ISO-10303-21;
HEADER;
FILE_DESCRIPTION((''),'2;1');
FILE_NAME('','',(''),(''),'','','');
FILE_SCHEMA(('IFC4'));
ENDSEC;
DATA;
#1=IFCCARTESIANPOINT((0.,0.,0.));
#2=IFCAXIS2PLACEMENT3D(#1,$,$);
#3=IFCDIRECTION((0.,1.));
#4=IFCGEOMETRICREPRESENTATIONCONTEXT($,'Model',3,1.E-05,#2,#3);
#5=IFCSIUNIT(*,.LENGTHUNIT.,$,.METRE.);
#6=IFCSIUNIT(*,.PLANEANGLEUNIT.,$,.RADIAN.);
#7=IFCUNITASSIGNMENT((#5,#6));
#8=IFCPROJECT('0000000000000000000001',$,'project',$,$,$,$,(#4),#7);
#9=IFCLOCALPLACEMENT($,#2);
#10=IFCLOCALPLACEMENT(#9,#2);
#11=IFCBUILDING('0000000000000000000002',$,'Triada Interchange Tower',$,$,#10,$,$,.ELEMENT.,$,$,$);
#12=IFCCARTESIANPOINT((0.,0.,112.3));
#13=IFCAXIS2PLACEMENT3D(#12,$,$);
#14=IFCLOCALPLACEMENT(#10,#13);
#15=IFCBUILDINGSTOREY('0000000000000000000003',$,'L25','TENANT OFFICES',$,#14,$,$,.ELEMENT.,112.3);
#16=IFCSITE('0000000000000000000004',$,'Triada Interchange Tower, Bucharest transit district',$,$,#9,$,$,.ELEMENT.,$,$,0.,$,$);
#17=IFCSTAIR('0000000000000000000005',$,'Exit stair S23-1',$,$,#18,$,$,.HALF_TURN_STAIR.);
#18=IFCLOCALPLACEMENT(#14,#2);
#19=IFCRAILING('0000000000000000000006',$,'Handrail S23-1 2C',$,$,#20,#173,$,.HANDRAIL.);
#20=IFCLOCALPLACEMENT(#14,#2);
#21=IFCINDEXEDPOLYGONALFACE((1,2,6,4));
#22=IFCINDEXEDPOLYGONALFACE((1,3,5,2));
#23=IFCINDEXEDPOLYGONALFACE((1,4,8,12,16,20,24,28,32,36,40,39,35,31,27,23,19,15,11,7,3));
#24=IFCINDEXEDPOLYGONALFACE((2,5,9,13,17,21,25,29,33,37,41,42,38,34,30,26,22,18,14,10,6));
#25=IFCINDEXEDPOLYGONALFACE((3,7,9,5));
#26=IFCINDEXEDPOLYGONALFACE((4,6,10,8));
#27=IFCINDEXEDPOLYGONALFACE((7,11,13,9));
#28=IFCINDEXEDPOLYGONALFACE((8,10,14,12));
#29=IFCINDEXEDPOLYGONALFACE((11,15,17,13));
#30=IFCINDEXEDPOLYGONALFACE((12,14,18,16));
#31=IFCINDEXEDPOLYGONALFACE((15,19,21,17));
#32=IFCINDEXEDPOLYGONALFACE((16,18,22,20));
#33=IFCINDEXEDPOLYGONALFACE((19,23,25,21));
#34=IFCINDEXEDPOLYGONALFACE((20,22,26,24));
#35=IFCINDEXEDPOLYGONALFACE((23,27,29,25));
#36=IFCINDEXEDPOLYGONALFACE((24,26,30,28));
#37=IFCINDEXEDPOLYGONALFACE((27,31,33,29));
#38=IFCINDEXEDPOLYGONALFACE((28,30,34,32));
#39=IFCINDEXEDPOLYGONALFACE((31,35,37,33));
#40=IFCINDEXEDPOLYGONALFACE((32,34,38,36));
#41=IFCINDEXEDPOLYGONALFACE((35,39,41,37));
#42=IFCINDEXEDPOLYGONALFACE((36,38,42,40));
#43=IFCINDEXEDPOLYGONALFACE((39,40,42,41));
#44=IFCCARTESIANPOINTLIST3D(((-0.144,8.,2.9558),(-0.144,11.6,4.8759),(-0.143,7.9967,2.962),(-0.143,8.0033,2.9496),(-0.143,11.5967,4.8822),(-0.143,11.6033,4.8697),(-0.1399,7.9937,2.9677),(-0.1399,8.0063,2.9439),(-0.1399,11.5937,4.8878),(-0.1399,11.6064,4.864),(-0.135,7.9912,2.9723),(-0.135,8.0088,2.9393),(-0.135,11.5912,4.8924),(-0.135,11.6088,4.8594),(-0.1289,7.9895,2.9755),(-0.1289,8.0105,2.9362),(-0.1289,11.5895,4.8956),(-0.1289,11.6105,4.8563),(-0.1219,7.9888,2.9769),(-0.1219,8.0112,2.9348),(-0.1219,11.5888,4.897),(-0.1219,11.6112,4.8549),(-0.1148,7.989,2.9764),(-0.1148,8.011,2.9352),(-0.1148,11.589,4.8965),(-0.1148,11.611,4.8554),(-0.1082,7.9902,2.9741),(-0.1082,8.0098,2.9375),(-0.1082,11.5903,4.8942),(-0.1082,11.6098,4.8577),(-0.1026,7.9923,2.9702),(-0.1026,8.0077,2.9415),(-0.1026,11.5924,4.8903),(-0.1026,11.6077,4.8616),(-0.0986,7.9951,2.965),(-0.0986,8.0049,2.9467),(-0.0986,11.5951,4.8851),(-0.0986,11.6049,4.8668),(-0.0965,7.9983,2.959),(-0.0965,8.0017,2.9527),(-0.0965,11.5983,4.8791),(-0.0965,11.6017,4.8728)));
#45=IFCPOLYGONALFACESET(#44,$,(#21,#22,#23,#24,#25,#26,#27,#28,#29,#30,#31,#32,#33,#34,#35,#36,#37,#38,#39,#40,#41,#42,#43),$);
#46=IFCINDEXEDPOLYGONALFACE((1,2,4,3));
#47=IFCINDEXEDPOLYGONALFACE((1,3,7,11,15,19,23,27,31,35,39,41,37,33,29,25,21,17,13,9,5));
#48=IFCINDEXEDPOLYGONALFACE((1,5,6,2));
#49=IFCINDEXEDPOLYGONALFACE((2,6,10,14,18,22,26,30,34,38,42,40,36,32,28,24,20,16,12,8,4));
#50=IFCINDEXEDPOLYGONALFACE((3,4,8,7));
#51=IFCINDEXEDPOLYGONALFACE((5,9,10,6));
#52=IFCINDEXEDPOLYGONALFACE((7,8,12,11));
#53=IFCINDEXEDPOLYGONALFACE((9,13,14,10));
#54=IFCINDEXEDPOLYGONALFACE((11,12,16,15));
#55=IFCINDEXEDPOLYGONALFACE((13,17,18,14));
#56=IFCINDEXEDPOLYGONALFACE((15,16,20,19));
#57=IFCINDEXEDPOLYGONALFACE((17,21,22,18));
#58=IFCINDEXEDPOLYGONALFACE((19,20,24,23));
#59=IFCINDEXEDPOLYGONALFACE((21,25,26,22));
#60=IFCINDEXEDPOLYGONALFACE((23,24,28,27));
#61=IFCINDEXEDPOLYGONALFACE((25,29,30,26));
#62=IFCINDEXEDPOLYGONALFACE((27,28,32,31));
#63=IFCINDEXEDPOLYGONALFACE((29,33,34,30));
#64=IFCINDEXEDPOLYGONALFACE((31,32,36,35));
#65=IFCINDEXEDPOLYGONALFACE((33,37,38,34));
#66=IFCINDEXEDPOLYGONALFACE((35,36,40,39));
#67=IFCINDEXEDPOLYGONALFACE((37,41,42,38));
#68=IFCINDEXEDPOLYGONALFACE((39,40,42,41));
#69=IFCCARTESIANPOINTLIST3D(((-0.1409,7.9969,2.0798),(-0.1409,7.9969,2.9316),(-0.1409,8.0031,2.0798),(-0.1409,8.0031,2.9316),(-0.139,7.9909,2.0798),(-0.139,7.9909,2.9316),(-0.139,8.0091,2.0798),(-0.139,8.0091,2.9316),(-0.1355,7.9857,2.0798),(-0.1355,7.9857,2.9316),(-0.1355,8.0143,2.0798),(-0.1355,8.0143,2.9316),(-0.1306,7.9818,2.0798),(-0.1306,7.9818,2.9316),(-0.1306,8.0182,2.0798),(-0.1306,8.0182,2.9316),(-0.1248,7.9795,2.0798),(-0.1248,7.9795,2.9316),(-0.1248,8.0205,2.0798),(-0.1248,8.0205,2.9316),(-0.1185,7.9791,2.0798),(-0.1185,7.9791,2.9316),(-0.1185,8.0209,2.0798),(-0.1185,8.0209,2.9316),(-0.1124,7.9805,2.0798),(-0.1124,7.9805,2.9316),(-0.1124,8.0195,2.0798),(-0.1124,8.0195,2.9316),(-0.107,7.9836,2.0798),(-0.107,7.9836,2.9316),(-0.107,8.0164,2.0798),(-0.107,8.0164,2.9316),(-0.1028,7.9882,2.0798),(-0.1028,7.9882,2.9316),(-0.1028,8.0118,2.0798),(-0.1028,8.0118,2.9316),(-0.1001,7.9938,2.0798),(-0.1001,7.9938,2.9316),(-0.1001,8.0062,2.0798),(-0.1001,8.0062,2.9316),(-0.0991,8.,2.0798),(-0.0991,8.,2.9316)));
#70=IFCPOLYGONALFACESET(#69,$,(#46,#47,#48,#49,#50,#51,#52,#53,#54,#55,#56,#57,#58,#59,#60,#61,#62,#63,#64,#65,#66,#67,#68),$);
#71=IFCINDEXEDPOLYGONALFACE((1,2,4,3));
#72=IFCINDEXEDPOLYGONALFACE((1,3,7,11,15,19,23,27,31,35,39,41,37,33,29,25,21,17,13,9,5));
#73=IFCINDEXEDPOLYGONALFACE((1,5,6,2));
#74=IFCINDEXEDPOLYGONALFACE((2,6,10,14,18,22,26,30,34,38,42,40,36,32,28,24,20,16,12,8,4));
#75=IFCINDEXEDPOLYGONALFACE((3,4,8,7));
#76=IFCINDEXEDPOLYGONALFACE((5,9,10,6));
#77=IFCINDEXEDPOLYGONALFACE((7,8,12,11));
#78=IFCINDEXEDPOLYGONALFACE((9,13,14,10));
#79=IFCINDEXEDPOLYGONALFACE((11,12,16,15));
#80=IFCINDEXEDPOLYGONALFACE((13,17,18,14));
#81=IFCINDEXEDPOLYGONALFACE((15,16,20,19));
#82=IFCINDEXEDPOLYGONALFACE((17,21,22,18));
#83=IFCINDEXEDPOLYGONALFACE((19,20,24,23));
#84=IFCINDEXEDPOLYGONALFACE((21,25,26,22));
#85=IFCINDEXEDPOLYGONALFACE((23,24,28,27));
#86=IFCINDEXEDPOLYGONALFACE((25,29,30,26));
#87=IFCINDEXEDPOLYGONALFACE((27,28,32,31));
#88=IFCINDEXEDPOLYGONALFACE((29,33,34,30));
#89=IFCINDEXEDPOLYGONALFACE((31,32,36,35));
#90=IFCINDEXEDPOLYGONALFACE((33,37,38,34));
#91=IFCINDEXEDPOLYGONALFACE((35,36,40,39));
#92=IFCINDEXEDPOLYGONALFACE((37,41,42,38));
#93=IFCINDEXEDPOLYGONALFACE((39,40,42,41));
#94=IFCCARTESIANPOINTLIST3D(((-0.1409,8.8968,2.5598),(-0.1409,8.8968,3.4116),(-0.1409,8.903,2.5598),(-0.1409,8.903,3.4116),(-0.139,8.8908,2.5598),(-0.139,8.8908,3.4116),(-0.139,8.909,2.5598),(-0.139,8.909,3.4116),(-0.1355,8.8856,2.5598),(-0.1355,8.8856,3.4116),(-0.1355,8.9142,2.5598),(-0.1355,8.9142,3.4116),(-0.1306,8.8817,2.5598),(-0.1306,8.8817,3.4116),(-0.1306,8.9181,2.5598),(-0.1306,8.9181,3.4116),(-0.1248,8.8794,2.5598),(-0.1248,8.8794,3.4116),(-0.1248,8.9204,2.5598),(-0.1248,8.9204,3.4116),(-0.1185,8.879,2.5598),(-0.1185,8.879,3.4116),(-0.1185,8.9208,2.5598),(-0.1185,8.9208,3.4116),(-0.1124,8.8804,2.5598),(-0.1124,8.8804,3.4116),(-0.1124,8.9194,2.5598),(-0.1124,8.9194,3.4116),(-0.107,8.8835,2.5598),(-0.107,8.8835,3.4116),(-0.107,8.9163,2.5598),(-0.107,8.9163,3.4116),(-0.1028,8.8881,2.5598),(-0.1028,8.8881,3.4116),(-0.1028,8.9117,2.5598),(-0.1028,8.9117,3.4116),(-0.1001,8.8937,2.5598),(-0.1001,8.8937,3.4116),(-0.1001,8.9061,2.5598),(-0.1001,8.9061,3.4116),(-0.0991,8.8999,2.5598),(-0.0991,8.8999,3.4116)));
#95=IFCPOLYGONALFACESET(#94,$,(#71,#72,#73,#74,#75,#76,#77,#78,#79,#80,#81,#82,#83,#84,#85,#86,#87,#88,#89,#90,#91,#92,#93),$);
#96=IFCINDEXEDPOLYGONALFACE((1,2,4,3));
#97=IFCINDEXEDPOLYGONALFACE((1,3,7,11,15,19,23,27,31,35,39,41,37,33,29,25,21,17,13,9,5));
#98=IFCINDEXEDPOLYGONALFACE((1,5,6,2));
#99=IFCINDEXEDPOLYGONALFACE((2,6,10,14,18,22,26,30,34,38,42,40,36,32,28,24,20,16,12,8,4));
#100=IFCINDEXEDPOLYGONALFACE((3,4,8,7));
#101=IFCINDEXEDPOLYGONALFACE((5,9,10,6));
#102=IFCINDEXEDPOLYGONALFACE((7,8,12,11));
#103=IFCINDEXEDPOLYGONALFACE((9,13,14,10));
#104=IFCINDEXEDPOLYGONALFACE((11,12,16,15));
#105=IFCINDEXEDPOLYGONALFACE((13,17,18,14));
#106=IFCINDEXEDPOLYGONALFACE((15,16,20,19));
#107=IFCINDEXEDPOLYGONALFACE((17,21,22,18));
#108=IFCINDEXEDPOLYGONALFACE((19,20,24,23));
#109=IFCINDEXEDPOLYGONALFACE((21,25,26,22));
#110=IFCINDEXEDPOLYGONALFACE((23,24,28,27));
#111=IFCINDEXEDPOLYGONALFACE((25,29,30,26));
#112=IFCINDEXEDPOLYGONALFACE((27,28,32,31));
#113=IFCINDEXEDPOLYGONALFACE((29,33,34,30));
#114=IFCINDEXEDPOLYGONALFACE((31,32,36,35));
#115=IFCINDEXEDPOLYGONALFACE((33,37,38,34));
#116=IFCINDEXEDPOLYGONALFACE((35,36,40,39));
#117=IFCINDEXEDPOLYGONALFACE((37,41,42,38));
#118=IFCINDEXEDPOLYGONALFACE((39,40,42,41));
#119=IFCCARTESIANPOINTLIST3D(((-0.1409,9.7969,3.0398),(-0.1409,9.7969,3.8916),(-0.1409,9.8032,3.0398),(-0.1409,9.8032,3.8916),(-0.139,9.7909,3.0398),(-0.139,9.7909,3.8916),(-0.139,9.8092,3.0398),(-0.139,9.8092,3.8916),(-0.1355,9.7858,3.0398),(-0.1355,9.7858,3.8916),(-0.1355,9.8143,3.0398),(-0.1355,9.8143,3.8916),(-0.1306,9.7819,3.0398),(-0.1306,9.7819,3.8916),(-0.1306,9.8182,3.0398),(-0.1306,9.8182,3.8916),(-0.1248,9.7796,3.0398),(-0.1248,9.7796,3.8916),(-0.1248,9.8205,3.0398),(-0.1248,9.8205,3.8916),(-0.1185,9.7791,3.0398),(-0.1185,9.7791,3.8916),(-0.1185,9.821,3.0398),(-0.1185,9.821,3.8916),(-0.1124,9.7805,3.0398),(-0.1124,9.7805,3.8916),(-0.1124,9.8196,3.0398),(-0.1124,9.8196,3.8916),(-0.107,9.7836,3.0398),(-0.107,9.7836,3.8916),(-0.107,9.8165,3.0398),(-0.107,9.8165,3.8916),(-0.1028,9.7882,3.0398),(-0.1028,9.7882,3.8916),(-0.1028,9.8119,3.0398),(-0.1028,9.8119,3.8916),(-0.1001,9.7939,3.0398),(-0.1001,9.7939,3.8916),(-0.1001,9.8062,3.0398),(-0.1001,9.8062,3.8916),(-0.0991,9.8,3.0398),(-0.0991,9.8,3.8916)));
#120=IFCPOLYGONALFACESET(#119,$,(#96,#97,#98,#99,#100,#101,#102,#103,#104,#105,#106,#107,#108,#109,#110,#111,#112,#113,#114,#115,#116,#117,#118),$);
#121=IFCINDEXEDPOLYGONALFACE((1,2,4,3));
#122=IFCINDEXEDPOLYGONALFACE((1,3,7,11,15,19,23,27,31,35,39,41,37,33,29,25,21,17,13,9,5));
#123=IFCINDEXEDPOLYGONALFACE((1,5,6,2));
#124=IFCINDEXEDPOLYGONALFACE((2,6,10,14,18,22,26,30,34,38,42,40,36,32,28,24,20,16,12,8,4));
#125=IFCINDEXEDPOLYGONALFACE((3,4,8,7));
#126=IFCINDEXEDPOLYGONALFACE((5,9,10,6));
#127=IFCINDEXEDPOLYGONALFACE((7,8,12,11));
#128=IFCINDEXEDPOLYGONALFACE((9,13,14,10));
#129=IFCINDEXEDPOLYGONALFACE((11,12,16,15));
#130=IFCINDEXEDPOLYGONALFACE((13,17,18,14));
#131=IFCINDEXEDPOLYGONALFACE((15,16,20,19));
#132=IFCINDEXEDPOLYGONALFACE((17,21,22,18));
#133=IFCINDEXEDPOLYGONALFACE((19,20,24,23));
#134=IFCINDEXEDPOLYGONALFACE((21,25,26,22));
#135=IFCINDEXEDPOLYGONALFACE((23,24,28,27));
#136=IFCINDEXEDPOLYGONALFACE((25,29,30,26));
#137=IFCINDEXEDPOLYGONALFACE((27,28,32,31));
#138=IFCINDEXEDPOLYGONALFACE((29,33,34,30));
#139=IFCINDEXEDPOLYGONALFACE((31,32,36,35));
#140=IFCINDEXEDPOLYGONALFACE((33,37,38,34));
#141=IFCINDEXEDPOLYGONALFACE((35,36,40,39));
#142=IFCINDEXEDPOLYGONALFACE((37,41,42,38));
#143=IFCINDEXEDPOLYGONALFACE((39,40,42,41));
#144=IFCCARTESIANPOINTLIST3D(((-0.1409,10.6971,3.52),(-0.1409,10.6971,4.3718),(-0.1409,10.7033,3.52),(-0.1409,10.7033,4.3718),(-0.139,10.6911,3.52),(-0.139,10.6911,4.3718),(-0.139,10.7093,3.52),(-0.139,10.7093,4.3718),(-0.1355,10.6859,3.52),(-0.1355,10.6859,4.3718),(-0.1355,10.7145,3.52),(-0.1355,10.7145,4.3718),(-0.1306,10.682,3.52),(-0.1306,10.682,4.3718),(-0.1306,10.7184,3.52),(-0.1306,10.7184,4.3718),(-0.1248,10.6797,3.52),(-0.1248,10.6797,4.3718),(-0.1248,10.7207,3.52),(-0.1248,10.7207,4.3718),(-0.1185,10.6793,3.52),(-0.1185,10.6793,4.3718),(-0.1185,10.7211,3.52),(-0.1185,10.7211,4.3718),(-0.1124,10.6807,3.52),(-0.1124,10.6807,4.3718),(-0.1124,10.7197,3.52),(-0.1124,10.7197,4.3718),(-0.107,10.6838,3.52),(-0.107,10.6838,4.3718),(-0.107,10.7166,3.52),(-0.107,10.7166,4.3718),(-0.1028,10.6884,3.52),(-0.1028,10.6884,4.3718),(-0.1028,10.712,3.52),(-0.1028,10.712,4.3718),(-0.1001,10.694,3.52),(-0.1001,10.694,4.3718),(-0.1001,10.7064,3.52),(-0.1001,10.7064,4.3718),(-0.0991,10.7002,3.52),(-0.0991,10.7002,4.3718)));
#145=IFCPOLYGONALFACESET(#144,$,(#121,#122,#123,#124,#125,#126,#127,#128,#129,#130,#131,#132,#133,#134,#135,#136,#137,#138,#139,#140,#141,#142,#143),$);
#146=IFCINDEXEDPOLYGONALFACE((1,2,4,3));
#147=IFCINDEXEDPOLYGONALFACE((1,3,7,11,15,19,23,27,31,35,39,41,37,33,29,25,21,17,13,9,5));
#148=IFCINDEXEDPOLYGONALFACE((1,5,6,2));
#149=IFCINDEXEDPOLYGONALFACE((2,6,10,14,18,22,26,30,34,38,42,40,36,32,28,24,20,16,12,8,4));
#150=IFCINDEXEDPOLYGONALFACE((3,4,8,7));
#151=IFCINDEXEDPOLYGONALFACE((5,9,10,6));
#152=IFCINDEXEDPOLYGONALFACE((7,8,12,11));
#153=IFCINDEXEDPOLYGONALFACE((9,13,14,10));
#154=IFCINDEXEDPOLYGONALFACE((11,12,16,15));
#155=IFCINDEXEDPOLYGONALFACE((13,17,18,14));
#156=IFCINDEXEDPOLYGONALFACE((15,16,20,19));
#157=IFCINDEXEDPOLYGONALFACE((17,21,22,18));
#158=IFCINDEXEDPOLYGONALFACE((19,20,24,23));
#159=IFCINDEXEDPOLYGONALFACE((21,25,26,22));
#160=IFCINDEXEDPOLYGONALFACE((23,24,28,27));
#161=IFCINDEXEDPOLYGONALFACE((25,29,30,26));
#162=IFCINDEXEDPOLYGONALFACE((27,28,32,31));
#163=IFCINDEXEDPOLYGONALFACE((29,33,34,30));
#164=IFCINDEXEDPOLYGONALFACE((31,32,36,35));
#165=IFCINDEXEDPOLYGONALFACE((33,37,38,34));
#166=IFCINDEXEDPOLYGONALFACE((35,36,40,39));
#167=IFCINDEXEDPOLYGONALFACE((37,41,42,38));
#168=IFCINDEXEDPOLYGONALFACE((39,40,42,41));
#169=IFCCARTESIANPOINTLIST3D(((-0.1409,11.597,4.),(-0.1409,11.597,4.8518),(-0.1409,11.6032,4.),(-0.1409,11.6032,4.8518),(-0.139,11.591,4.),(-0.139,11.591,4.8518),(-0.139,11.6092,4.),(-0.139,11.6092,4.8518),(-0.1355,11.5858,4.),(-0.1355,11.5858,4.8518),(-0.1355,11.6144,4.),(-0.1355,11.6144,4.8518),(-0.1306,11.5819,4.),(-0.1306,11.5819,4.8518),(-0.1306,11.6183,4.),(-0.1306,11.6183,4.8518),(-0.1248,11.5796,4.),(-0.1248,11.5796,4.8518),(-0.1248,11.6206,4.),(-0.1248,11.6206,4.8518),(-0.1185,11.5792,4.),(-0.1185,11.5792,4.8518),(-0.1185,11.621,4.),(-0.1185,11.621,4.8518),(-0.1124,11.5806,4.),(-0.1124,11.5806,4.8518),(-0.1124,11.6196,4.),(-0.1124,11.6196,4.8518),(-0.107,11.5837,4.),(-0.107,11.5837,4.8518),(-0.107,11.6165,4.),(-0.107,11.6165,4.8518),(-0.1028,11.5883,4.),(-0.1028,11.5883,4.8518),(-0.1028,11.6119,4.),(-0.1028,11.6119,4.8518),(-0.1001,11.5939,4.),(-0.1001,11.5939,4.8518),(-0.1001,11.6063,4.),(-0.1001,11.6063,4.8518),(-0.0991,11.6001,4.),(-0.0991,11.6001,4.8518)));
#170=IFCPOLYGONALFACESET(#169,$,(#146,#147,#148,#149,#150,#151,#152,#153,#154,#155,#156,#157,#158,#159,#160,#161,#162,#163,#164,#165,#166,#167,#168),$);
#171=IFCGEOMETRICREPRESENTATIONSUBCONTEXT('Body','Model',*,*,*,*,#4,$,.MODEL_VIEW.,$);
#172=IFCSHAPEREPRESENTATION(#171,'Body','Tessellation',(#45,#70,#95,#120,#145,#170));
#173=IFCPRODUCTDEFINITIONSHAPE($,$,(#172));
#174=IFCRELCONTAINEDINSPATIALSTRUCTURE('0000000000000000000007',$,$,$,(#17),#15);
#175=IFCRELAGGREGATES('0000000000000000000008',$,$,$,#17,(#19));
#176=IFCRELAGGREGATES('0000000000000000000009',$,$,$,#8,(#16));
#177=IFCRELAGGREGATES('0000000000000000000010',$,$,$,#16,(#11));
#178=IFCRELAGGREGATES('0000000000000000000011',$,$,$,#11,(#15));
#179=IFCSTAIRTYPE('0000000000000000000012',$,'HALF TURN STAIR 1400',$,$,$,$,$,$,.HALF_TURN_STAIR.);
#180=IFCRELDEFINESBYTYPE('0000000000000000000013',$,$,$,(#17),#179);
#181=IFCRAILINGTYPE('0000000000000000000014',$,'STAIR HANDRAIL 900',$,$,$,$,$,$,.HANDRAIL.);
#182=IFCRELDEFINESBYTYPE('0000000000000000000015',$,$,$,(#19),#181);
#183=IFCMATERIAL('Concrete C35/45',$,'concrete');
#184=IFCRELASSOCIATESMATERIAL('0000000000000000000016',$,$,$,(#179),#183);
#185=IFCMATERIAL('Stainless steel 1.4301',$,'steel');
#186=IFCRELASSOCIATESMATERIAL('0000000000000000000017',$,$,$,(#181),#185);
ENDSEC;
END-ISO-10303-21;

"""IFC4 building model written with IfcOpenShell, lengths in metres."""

from ifc_helpers import new_model, si_unit, direction, frame, origin, origin_2d, place, context, subcontext, project, spatial, circle, extrude, material, type_object, element, aggregate, save


model = new_model("IFC4")

# Units and contexts
model_context = context("Model", 3, precision=1e-05, world=origin(), true_north=direction((0.0, 1.0)))
body_context = subcontext(model_context, "Body", "Model", "MODEL_VIEW")
ifc_project = project(units=[si_unit("LENGTHUNIT", "METRE"), si_unit("PLANEANGLEUNIT", "RADIAN")], contexts=[model_context])

# Site, building, storey
site_placement = place(None, origin())
site = spatial("IfcSite", under=ifc_project, at=site_placement, Name="Triada Interchange Tower, Bucharest transit district", CompositionType="ELEMENT", RefElevation=0.0)
building_placement = place(site_placement, origin())
building = spatial("IfcBuilding", under=site, at=building_placement, Name="Triada Interchange Tower", CompositionType="ELEMENT")
storey_placement = place(building_placement, frame((0.0, 0.0, 112.3)))
storey = spatial("IfcBuildingStorey", under=building, at=storey_placement, Name="L25", Description="TENANT OFFICES", CompositionType="ELEMENT", Elevation=112.3)

# Stair, railing
ifc_material_1 = material(Name="Concrete C35/45", Category="concrete")
stair_type = type_object("IfcStairType", Name="HALF TURN STAIR 1400", PredefinedType="HALF_TURN_STAIR", material=ifc_material_1)
stair_placement = place(storey_placement, origin())
stair = element("IfcStair", 1, at=stair_placement, inside=storey, type_object=stair_type, Name="Exit stair S23-1", PredefinedType="HALF_TURN_STAIR")
ifc_material_2 = material(Name="Stainless steel 1.4301", Category="steel")
railing_type = type_object("IfcRailingType", Name="STAIR HANDRAIL 900", PredefinedType="HANDRAIL", material=ifc_material_2)
railing_1_placement = place(storey_placement, frame((-0.1201, 8.0, 2.0798)))
railing_1 = element("IfcRailing", 2, at=railing_1_placement, type_object=railing_type, Name="Handrail S23-1 2C", PredefinedType="HANDRAIL", context=body_context, shape_type="SweptSolid", body=[
    extrude(circle(Radius=0.0239, at=origin_2d()), frame((0.0, 0.0, 0.876), z_axis=(0.0, 0.882341, 0.47061), x_axis=(-1.0, 0.0, 0.0)), (0.0, 0.0, 1.0), 4.0801),
    extrude(circle(Radius=0.021, at=origin_2d()), origin(), (0.0, 0.0, 1.0), 0.8518),
    extrude(circle(Radius=0.021, at=origin_2d()), frame((0.0, 0.8999, 0.48)), (0.0, 0.0, 1.0), 0.8518),
    extrude(circle(Radius=0.021, at=origin_2d()), frame((0.0, 1.8, 0.96)), (0.0, 0.0, 1.0), 0.8518),
    extrude(circle(Radius=0.021, at=origin_2d()), frame((0.0, 2.7002, 1.4402)), (0.0, 0.0, 1.0), 0.8518),
    extrude(circle(Radius=0.021, at=origin_2d()), frame((0.0, 3.6001, 1.9202)), (0.0, 0.0, 1.0), 0.8518),
])
aggregate(stair, [railing_1])

save(model, "model.ifc")
